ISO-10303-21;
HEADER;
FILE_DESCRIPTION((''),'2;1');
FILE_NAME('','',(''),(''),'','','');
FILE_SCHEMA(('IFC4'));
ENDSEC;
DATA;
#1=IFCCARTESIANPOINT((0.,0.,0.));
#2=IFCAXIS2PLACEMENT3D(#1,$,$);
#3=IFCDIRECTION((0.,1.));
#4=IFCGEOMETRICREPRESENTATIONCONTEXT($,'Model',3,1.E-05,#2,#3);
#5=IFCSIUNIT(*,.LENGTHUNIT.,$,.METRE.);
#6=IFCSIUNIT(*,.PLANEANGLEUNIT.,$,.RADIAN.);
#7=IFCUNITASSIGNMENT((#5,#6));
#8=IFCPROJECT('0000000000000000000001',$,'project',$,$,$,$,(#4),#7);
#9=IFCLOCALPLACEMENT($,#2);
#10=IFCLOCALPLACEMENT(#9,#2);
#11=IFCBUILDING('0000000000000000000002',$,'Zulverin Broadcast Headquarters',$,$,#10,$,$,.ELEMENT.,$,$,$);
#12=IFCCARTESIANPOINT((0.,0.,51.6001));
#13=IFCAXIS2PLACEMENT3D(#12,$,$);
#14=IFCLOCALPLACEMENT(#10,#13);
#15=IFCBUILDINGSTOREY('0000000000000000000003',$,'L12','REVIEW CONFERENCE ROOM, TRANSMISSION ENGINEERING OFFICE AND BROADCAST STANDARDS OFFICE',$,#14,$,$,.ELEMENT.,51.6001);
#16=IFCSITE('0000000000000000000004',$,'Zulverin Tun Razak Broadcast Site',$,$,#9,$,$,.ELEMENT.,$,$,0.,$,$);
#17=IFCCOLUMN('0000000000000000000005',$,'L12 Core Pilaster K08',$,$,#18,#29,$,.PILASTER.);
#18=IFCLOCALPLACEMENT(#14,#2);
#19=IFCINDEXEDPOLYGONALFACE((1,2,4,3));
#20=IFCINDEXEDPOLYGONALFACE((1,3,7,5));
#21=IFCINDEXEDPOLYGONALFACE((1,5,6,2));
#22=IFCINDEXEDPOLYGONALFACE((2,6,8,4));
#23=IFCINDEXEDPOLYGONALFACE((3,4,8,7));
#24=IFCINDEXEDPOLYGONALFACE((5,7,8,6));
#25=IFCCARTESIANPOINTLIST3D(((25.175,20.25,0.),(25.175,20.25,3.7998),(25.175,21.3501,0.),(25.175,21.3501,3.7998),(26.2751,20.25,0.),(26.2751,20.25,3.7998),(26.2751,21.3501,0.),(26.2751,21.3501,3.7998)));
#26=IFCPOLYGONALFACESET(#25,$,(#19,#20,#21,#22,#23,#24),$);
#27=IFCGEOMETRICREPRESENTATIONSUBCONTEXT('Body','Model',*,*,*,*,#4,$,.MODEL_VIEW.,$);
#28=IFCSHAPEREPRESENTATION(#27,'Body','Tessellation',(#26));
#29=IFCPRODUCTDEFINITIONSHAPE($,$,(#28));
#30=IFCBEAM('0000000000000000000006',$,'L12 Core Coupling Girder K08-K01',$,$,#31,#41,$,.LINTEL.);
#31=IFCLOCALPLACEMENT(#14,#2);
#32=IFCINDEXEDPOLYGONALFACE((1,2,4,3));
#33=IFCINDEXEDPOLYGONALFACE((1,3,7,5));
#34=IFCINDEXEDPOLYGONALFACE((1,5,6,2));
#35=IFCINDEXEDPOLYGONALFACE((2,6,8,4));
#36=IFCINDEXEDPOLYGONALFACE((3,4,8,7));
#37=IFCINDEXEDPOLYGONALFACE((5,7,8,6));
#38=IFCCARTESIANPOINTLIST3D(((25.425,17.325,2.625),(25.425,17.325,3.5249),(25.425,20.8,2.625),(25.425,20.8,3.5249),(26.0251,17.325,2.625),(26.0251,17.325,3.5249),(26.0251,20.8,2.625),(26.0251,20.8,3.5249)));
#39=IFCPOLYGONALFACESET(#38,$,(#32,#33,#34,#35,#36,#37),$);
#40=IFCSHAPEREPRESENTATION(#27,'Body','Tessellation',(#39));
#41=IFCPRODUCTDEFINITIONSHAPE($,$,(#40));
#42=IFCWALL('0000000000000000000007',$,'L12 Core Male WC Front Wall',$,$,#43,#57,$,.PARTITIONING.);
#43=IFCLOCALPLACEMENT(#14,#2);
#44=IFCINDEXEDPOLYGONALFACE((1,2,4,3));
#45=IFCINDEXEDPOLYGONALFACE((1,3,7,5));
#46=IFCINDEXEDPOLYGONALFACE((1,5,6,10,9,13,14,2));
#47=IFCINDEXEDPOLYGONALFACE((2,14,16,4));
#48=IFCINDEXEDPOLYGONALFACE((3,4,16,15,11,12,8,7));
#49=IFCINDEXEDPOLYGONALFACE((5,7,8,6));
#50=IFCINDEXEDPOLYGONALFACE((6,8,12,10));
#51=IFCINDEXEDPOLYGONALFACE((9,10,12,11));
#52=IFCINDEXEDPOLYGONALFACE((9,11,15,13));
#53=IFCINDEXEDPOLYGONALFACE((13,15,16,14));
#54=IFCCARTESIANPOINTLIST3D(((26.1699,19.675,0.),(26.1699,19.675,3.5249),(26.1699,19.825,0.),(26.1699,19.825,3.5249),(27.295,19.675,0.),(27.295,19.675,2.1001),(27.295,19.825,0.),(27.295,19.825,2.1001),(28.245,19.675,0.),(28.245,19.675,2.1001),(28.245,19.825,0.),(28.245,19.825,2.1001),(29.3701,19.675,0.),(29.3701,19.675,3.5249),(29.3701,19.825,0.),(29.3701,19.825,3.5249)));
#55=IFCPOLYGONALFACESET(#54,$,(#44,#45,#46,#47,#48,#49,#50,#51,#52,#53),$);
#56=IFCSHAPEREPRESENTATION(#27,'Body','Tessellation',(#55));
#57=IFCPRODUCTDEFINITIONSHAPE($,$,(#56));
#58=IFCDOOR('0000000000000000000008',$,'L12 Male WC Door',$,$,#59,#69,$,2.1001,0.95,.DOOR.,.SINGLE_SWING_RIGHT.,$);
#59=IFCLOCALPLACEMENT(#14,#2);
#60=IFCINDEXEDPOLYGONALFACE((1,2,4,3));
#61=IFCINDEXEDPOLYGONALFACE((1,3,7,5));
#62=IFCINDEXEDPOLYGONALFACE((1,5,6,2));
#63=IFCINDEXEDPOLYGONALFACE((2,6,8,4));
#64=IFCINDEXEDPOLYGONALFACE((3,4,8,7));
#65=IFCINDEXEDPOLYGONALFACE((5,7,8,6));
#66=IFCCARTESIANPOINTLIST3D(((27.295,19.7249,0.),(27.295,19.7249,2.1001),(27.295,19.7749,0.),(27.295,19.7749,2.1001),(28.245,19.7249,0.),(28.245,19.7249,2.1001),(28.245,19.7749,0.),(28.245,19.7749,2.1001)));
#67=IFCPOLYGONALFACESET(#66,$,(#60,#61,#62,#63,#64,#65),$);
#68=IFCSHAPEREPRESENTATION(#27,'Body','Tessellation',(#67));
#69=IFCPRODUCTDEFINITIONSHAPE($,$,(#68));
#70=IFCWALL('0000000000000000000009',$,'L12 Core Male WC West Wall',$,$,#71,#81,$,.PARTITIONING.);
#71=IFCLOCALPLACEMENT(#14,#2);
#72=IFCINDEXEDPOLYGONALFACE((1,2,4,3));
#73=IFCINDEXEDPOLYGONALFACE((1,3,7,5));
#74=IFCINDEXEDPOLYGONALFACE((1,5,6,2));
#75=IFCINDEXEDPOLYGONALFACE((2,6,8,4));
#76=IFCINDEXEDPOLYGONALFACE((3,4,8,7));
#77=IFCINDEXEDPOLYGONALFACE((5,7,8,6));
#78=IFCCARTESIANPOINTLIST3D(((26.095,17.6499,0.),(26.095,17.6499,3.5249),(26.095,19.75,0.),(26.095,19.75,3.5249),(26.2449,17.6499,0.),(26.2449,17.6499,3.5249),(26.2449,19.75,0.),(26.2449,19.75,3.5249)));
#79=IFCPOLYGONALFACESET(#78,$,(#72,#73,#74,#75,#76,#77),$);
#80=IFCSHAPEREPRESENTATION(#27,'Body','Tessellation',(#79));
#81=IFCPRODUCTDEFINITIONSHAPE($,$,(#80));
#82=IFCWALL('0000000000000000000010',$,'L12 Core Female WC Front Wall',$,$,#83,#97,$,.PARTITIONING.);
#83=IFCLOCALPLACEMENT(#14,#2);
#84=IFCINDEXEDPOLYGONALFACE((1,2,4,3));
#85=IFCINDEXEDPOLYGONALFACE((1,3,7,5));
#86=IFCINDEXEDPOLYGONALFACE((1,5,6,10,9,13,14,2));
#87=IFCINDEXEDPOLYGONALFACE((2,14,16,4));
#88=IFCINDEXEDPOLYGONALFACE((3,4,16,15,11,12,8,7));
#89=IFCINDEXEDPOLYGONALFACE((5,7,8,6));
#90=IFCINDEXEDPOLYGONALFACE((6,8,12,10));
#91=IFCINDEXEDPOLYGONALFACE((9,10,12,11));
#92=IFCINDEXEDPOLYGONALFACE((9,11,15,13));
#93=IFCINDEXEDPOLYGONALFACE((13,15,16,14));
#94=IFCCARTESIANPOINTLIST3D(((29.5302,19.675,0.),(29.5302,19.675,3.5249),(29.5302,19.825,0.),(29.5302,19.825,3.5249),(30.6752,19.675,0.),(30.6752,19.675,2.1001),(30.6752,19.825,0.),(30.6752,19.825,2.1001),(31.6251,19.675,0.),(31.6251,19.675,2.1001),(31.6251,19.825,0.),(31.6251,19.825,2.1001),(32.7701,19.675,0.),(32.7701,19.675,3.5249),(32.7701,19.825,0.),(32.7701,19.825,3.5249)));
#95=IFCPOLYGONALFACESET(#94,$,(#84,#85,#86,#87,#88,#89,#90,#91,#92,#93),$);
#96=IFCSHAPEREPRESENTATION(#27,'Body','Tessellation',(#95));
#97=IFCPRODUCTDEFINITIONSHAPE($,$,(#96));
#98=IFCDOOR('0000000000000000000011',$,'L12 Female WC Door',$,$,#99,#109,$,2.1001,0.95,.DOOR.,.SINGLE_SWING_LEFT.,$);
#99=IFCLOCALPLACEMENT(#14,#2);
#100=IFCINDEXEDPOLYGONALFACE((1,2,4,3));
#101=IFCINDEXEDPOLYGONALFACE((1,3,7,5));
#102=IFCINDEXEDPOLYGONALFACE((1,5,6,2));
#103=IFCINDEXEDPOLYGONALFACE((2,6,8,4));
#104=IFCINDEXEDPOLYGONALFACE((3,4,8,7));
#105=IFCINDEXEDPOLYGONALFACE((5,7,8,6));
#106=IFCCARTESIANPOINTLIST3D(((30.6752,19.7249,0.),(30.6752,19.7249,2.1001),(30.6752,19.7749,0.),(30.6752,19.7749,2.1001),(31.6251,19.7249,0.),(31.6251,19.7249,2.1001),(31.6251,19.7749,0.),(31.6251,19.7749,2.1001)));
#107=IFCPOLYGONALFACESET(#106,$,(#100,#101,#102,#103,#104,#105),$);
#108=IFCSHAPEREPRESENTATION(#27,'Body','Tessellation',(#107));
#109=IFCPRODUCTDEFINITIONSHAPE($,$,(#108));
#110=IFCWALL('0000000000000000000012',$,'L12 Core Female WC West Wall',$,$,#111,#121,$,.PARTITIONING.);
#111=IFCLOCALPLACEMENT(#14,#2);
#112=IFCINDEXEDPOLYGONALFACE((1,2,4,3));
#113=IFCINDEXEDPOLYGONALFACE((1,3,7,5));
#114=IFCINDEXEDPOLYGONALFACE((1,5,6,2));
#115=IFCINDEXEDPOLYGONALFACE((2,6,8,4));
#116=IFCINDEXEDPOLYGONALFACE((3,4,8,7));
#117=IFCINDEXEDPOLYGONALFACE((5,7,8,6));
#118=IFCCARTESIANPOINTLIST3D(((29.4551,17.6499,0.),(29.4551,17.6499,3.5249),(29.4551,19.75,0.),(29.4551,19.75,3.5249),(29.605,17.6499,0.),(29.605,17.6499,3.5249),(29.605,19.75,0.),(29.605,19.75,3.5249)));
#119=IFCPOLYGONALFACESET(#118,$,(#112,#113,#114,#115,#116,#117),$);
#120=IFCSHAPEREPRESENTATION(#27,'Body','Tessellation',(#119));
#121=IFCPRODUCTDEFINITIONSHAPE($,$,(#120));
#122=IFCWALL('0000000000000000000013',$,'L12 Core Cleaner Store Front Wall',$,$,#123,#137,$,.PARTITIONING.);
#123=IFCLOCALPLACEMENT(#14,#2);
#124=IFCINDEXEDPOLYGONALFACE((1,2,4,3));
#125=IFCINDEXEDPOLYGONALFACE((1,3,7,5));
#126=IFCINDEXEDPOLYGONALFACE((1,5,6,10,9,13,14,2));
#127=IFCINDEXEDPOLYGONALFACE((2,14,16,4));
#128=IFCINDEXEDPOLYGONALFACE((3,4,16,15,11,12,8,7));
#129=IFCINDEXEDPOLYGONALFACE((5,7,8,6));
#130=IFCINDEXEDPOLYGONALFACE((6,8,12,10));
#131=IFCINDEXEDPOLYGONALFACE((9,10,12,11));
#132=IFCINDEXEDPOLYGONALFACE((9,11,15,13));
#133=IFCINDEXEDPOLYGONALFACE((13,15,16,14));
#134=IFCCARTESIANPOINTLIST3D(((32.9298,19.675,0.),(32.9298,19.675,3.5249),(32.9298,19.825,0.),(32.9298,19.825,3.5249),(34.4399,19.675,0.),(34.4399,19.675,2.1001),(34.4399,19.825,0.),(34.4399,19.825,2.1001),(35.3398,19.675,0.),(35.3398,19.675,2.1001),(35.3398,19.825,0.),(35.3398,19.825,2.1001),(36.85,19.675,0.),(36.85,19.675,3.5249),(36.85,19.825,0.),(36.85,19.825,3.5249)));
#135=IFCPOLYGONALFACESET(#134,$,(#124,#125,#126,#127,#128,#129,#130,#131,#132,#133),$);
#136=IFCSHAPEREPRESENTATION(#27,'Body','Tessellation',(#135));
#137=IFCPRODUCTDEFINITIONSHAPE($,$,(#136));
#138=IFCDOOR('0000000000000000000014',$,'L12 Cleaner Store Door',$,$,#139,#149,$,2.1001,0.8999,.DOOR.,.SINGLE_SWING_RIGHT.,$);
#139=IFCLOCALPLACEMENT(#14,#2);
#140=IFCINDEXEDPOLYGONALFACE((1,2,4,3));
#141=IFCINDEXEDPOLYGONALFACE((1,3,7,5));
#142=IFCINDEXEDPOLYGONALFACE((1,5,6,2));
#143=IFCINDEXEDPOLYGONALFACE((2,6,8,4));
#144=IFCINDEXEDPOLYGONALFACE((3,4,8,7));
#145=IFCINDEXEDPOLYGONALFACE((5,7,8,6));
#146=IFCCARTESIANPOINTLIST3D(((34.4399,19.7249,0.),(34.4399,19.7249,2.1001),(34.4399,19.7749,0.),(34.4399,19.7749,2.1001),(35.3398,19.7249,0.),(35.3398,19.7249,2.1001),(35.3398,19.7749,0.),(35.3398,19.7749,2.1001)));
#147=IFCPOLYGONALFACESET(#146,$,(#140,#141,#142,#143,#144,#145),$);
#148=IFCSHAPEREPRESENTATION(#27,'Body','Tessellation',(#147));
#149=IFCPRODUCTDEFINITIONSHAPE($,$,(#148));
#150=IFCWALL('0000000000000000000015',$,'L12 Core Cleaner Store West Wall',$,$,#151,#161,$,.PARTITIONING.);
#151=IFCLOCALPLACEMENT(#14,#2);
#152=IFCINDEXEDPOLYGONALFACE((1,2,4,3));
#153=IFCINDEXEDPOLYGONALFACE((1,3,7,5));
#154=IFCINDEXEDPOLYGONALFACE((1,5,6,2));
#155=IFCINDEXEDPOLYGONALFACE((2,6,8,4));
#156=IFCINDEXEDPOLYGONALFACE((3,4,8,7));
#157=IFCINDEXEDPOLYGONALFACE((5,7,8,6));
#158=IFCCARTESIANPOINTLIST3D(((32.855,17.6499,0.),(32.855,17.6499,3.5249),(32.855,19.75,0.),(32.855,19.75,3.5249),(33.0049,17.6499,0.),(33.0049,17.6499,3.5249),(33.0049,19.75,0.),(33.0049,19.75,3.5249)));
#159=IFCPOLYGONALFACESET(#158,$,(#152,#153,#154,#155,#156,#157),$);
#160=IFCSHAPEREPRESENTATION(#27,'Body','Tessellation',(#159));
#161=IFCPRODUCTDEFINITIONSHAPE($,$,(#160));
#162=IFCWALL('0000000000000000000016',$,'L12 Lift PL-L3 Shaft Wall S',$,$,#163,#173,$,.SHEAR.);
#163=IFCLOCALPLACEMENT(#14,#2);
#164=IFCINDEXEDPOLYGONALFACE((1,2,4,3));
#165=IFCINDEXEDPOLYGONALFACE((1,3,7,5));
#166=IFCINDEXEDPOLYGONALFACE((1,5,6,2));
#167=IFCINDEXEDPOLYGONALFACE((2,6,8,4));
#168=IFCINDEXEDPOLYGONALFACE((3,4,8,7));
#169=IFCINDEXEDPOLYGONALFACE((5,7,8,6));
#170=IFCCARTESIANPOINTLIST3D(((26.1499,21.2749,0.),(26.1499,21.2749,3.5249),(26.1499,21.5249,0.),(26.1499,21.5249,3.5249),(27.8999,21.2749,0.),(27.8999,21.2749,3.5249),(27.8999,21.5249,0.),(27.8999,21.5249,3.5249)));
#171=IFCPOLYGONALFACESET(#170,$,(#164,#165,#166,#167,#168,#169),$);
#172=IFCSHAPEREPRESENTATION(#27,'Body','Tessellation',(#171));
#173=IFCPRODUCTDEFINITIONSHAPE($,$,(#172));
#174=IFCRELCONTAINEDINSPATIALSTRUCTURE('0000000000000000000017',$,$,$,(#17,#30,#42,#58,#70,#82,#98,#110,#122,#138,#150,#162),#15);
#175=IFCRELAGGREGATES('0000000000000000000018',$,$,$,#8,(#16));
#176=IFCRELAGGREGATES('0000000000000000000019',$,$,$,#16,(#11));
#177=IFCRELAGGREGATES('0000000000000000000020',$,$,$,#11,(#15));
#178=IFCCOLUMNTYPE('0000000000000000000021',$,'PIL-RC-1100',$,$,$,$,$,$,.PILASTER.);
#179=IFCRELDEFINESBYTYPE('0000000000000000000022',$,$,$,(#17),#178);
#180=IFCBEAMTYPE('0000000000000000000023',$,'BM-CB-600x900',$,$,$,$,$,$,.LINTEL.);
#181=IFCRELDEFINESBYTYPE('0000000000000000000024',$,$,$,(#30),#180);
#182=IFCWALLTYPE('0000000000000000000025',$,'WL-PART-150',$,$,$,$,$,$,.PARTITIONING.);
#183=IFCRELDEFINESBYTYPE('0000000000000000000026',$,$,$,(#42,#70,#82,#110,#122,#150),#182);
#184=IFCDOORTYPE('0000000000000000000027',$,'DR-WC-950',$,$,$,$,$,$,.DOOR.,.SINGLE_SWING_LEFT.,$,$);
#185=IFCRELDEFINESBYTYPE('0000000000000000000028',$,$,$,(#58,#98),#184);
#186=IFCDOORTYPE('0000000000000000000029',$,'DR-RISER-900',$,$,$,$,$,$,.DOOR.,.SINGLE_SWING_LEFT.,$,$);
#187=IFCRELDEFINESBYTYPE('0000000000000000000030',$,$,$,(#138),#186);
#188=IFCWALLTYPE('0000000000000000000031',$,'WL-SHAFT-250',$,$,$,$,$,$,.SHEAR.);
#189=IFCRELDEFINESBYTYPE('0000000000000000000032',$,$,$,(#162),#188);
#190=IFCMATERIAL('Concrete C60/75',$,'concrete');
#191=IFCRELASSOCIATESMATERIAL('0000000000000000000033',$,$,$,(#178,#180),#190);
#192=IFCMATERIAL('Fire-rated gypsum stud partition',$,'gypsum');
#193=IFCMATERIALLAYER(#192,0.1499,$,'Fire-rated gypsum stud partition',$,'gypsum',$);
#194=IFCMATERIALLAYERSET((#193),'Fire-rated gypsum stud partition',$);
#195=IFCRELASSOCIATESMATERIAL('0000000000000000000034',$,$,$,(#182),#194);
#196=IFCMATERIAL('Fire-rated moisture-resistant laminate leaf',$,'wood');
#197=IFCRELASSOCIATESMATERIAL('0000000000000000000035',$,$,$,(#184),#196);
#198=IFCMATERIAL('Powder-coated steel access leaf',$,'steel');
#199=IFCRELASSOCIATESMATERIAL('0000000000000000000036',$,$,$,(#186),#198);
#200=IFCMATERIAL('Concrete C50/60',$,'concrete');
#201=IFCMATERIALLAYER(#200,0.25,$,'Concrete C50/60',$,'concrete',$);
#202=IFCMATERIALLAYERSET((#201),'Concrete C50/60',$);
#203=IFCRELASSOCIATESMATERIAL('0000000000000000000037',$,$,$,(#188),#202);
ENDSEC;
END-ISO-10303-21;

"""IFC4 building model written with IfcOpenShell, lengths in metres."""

from ifc_helpers import new_model, si_unit, direction, frame, frame_2d, origin, origin_2d, place, context, subcontext, project, spatial, rectangle, extrude, material, layer, layer_set, material_profile, profile_set, type_object, element, fill, save


model = new_model("IFC4")

# Units and contexts
model_context = context("Model", 3, precision=1e-05, world=origin(), true_north=direction((0.0, 1.0)))
body_context = subcontext(model_context, "Body", "Model", "MODEL_VIEW")
ifc_project = project(units=[si_unit("LENGTHUNIT", "METRE"), si_unit("PLANEANGLEUNIT", "RADIAN")], contexts=[model_context])

# Site, building, storey
site_placement = place(None, origin())
site = spatial("IfcSite", under=ifc_project, at=site_placement, Name="Zulverin Tun Razak Broadcast Site", CompositionType="ELEMENT", RefElevation=0.0)
building_placement = place(site_placement, origin())
building = spatial("IfcBuilding", under=site, at=building_placement, Name="Zulverin Broadcast Headquarters", CompositionType="ELEMENT")
storey_placement = place(building_placement, frame((0.0, 0.0, 51.6001)))
storey = spatial("IfcBuildingStorey", under=building, at=storey_placement, Name="L12", Description="REVIEW CONFERENCE ROOM, TRANSMISSION ENGINEERING OFFICE AND BROADCAST STANDARDS OFFICE", CompositionType="ELEMENT", Elevation=51.6001)

# Column
ifc_material_1 = material(Name="Concrete C60/75", Category="concrete")
ifc_material_profile_1 = material_profile(ifc_material_1, rectangle(XDim=1.1001, YDim=1.1001, at=origin_2d()), Name="Concrete C60/75", Category="concrete")
ifc_profile_set_1 = profile_set([ifc_material_profile_1], Name="Concrete C60/75")
column_type = type_object("IfcColumnType", Name="PIL-RC-1100", PredefinedType="PILASTER", material=ifc_profile_set_1)
column_placement = place(storey_placement, frame((25.7251, 20.8, 0.0), z_axis=(0.0, 0.0, 1.0), x_axis=(1.0, 0.0, 0.0)))
element("IfcColumn", 1, at=column_placement, inside=storey, type_object=column_type, Name="L12 Core Pilaster K08", PredefinedType="PILASTER", context=body_context, shape_type="SweptSolid", body=[
    extrude(rectangle(XDim=1.1001, YDim=1.1001, at=origin_2d()), origin(), (0.0, 0.0, 1.0), 3.7998),
])

# Beam
ifc_material_profile_2 = material_profile(ifc_material_1, rectangle(XDim=0.6001, YDim=0.8999, at=origin_2d()), Name="Concrete C60/75", Category="concrete")
ifc_profile_set_2 = profile_set([ifc_material_profile_2], Name="Concrete C60/75")
beam_type = type_object("IfcBeamType", Name="BM-CB-600x900", PredefinedType="LINTEL", material=ifc_profile_set_2)
beam_placement = place(storey_placement, frame((25.7251, 20.8, 3.075), z_axis=(0.0, -1.0, 0.0), x_axis=(1.0, 0.0, 0.0)))
element("IfcBeam", 2, at=beam_placement, inside=storey, type_object=beam_type, Name="L12 Core Coupling Girder K08-K01", PredefinedType="LINTEL", context=body_context, shape_type="SweptSolid", body=[
    extrude(rectangle(XDim=0.6001, YDim=0.8999, at=origin_2d()), origin(), (0.0, 0.0, 1.0), 3.4751),
])

# Wall, opening, door
ifc_material_2 = material(Name="Fire-rated gypsum stud partition", Category="gypsum")
ifc_layer_1 = layer(ifc_material_2, 0.1499, Name="Fire-rated gypsum stud partition", Category="gypsum")
ifc_layer_set_1 = layer_set([ifc_layer_1], Name="Fire-rated gypsum stud partition")
wall_type_1 = type_object("IfcWallType", Name="WL-PART-150", PredefinedType="PARTITIONING", material=ifc_layer_set_1)
wall_1_placement = place(storey_placement, frame((26.1699, 19.75, 0.0), z_axis=(0.0, 0.0, 1.0), x_axis=(1.0, 0.0, 0.0)))
wall_1 = element("IfcWall", 3, at=wall_1_placement, inside=storey, type_object=wall_type_1, Name="L12 Core Male WC Front Wall", PredefinedType="PARTITIONING", context=body_context, shape_type="SweptSolid", body=[
    extrude(rectangle(XDim=3.2002, YDim=0.1499, at=frame_2d((1.6001, 0.0))), origin(), (0.0, 0.0, 1.0), 3.5249),
])
opening_1_placement = place(wall_1_placement, frame((1.125, 0.0, 0.0)))
opening_1 = element("IfcOpeningElement", 4, at=opening_1_placement, cuts=wall_1, PredefinedType="OPENING", context=body_context, shape_type="SweptSolid", body=[
    extrude(rectangle(XDim=0.95, YDim=2.1001, at=frame_2d((0.4751, 1.05))), frame((0.0, 0.085, 0.0), z_axis=(0.0, -1.0, 0.0), x_axis=(1.0, 0.0, 0.0)), (0.0, 0.0, 1.0), 0.1699),
])
ifc_material_3 = material(Name="Fire-rated moisture-resistant laminate leaf", Category="wood")
door_type_1 = type_object("IfcDoorType", Name="DR-WC-950", OperationType="SINGLE_SWING_LEFT", PredefinedType="DOOR", material=ifc_material_3)
door_1_placement = place(opening_1_placement, origin())
door_1 = element("IfcDoor", 5, at=door_1_placement, inside=storey, type_object=door_type_1, Name="L12 Male WC Door", OperationType="SINGLE_SWING_RIGHT", OverallHeight=2.1001, OverallWidth=0.95, PredefinedType="DOOR", context=body_context, shape_type="SweptSolid", body=[
    extrude(rectangle(XDim=0.95, YDim=2.1001, at=frame_2d((0.4751, 1.05))), frame((0.0, 0.0249, 0.0), z_axis=(0.0, -1.0, 0.0), x_axis=(1.0, 0.0, 0.0)), (0.0, 0.0, 1.0), 0.05),
])
fill(opening_1, door_1)

# Wall
wall_2_placement = place(storey_placement, frame((26.1699, 17.6499, 0.0), z_axis=(0.0, 0.0, 1.0), x_axis=(0.0, 1.0, 0.0)))
element("IfcWall", 6, at=wall_2_placement, inside=storey, type_object=wall_type_1, Name="L12 Core Male WC West Wall", PredefinedType="PARTITIONING", context=body_context, shape_type="SweptSolid", body=[
    extrude(rectangle(XDim=2.1001, YDim=0.1499, at=frame_2d((1.05, 0.0))), origin(), (0.0, 0.0, 1.0), 3.5249),
])

# Wall, opening, door
wall_3_placement = place(storey_placement, frame((29.53, 19.75, 0.0), z_axis=(0.0, 0.0, 1.0), x_axis=(1.0, 0.0, 0.0)))
wall_3 = element("IfcWall", 7, at=wall_3_placement, inside=storey, type_object=wall_type_1, Name="L12 Core Female WC Front Wall", PredefinedType="PARTITIONING", context=body_context, shape_type="SweptSolid", body=[
    extrude(rectangle(XDim=3.24, YDim=0.1499, at=frame_2d((1.6201, 0.0))), origin(), (0.0, 0.0, 1.0), 3.5249),
])
opening_2_placement = place(wall_3_placement, frame((1.145, 0.0, 0.0)))
opening_2 = element("IfcOpeningElement", 8, at=opening_2_placement, cuts=wall_3, PredefinedType="OPENING", context=body_context, shape_type="SweptSolid", body=[
    extrude(rectangle(XDim=0.95, YDim=2.1001, at=frame_2d((0.4751, 1.05))), frame((0.0, 0.085, 0.0), z_axis=(0.0, -1.0, 0.0), x_axis=(1.0, 0.0, 0.0)), (0.0, 0.0, 1.0), 0.1699),
])
door_2_placement = place(opening_2_placement, origin())
door_2 = element("IfcDoor", 9, at=door_2_placement, inside=storey, type_object=door_type_1, Name="L12 Female WC Door", OperationType="SINGLE_SWING_LEFT", OverallHeight=2.1001, OverallWidth=0.95, PredefinedType="DOOR", context=body_context, shape_type="SweptSolid", body=[
    extrude(rectangle(XDim=0.95, YDim=2.1001, at=frame_2d((0.4751, 1.05))), frame((0.0, 0.0249, 0.0), z_axis=(0.0, -1.0, 0.0), x_axis=(1.0, 0.0, 0.0)), (0.0, 0.0, 1.0), 0.05),
])
fill(opening_2, door_2)

# Wall
wall_4_placement = place(storey_placement, frame((29.53, 17.6499, 0.0), z_axis=(0.0, 0.0, 1.0), x_axis=(0.0, 1.0, 0.0)))
element("IfcWall", 10, at=wall_4_placement, inside=storey, type_object=wall_type_1, Name="L12 Core Female WC West Wall", PredefinedType="PARTITIONING", context=body_context, shape_type="SweptSolid", body=[
    extrude(rectangle(XDim=2.1001, YDim=0.1499, at=frame_2d((1.05, 0.0))), origin(), (0.0, 0.0, 1.0), 3.5249),
])

# Wall, opening, door
wall_5_placement = place(storey_placement, frame((32.9299, 19.75, 0.0), z_axis=(0.0, 0.0, 1.0), x_axis=(1.0, 0.0, 0.0)))
wall_5 = element("IfcWall", 11, at=wall_5_placement, inside=storey, type_object=wall_type_1, Name="L12 Core Cleaner Store Front Wall", PredefinedType="PARTITIONING", context=body_context, shape_type="SweptSolid", body=[
    extrude(rectangle(XDim=3.9202, YDim=0.1499, at=frame_2d((1.96, 0.0))), origin(), (0.0, 0.0, 1.0), 3.5249),
])
opening_3_placement = place(wall_5_placement, frame((1.51, 0.0, 0.0)))
opening_3 = element("IfcOpeningElement", 12, at=opening_3_placement, cuts=wall_5, PredefinedType="OPENING", context=body_context, shape_type="SweptSolid", body=[
    extrude(rectangle(XDim=0.8999, YDim=2.1001, at=frame_2d((0.45, 1.05))), frame((0.0, 0.085, 0.0), z_axis=(0.0, -1.0, 0.0), x_axis=(1.0, 0.0, 0.0)), (0.0, 0.0, 1.0), 0.1699),
])
ifc_material_4 = material(Name="Powder-coated steel access leaf", Category="steel")
door_type_2 = type_object("IfcDoorType", Name="DR-RISER-900", OperationType="SINGLE_SWING_LEFT", PredefinedType="DOOR", material=ifc_material_4)
door_3_placement = place(opening_3_placement, origin())
door_3 = element("IfcDoor", 13, at=door_3_placement, inside=storey, type_object=door_type_2, Name="L12 Cleaner Store Door", OperationType="SINGLE_SWING_RIGHT", OverallHeight=2.1001, OverallWidth=0.8999, PredefinedType="DOOR", context=body_context, shape_type="SweptSolid", body=[
    extrude(rectangle(XDim=0.8999, YDim=2.1001, at=frame_2d((0.45, 1.05))), frame((0.0, 0.0249, 0.0), z_axis=(0.0, -1.0, 0.0), x_axis=(1.0, 0.0, 0.0)), (0.0, 0.0, 1.0), 0.05),
])
fill(opening_3, door_3)

# Walls
wall_6_placement = place(storey_placement, frame((32.9299, 17.6499, 0.0), z_axis=(0.0, 0.0, 1.0), x_axis=(0.0, 1.0, 0.0)))
element("IfcWall", 14, at=wall_6_placement, inside=storey, type_object=wall_type_1, Name="L12 Core Cleaner Store West Wall", PredefinedType="PARTITIONING", context=body_context, shape_type="SweptSolid", body=[
    extrude(rectangle(XDim=2.1001, YDim=0.1499, at=frame_2d((1.05, 0.0))), origin(), (0.0, 0.0, 1.0), 3.5249),
])
ifc_material_5 = material(Name="Concrete C50/60", Category="concrete")
ifc_layer_2 = layer(ifc_material_5, 0.25, Name="Concrete C50/60", Category="concrete")
ifc_layer_set_2 = layer_set([ifc_layer_2], Name="Concrete C50/60")
wall_type_2 = type_object("IfcWallType", Name="WL-SHAFT-250", PredefinedType="SHEAR", material=ifc_layer_set_2)
wall_7_placement = place(storey_placement, frame((26.1499, 21.3999, 0.0), z_axis=(0.0, 0.0, 1.0), x_axis=(1.0, 0.0, 0.0)))
element("IfcWall", 15, at=wall_7_placement, inside=storey, type_object=wall_type_2, Name="L12 Lift PL-L3 Shaft Wall S", PredefinedType="SHEAR", context=body_context, shape_type="SweptSolid", body=[
    extrude(rectangle(XDim=1.75, YDim=0.25, at=frame_2d((0.875, 0.0))), origin(), (0.0, 0.0, 1.0), 3.5249),
])

save(model, "model.ifc")
